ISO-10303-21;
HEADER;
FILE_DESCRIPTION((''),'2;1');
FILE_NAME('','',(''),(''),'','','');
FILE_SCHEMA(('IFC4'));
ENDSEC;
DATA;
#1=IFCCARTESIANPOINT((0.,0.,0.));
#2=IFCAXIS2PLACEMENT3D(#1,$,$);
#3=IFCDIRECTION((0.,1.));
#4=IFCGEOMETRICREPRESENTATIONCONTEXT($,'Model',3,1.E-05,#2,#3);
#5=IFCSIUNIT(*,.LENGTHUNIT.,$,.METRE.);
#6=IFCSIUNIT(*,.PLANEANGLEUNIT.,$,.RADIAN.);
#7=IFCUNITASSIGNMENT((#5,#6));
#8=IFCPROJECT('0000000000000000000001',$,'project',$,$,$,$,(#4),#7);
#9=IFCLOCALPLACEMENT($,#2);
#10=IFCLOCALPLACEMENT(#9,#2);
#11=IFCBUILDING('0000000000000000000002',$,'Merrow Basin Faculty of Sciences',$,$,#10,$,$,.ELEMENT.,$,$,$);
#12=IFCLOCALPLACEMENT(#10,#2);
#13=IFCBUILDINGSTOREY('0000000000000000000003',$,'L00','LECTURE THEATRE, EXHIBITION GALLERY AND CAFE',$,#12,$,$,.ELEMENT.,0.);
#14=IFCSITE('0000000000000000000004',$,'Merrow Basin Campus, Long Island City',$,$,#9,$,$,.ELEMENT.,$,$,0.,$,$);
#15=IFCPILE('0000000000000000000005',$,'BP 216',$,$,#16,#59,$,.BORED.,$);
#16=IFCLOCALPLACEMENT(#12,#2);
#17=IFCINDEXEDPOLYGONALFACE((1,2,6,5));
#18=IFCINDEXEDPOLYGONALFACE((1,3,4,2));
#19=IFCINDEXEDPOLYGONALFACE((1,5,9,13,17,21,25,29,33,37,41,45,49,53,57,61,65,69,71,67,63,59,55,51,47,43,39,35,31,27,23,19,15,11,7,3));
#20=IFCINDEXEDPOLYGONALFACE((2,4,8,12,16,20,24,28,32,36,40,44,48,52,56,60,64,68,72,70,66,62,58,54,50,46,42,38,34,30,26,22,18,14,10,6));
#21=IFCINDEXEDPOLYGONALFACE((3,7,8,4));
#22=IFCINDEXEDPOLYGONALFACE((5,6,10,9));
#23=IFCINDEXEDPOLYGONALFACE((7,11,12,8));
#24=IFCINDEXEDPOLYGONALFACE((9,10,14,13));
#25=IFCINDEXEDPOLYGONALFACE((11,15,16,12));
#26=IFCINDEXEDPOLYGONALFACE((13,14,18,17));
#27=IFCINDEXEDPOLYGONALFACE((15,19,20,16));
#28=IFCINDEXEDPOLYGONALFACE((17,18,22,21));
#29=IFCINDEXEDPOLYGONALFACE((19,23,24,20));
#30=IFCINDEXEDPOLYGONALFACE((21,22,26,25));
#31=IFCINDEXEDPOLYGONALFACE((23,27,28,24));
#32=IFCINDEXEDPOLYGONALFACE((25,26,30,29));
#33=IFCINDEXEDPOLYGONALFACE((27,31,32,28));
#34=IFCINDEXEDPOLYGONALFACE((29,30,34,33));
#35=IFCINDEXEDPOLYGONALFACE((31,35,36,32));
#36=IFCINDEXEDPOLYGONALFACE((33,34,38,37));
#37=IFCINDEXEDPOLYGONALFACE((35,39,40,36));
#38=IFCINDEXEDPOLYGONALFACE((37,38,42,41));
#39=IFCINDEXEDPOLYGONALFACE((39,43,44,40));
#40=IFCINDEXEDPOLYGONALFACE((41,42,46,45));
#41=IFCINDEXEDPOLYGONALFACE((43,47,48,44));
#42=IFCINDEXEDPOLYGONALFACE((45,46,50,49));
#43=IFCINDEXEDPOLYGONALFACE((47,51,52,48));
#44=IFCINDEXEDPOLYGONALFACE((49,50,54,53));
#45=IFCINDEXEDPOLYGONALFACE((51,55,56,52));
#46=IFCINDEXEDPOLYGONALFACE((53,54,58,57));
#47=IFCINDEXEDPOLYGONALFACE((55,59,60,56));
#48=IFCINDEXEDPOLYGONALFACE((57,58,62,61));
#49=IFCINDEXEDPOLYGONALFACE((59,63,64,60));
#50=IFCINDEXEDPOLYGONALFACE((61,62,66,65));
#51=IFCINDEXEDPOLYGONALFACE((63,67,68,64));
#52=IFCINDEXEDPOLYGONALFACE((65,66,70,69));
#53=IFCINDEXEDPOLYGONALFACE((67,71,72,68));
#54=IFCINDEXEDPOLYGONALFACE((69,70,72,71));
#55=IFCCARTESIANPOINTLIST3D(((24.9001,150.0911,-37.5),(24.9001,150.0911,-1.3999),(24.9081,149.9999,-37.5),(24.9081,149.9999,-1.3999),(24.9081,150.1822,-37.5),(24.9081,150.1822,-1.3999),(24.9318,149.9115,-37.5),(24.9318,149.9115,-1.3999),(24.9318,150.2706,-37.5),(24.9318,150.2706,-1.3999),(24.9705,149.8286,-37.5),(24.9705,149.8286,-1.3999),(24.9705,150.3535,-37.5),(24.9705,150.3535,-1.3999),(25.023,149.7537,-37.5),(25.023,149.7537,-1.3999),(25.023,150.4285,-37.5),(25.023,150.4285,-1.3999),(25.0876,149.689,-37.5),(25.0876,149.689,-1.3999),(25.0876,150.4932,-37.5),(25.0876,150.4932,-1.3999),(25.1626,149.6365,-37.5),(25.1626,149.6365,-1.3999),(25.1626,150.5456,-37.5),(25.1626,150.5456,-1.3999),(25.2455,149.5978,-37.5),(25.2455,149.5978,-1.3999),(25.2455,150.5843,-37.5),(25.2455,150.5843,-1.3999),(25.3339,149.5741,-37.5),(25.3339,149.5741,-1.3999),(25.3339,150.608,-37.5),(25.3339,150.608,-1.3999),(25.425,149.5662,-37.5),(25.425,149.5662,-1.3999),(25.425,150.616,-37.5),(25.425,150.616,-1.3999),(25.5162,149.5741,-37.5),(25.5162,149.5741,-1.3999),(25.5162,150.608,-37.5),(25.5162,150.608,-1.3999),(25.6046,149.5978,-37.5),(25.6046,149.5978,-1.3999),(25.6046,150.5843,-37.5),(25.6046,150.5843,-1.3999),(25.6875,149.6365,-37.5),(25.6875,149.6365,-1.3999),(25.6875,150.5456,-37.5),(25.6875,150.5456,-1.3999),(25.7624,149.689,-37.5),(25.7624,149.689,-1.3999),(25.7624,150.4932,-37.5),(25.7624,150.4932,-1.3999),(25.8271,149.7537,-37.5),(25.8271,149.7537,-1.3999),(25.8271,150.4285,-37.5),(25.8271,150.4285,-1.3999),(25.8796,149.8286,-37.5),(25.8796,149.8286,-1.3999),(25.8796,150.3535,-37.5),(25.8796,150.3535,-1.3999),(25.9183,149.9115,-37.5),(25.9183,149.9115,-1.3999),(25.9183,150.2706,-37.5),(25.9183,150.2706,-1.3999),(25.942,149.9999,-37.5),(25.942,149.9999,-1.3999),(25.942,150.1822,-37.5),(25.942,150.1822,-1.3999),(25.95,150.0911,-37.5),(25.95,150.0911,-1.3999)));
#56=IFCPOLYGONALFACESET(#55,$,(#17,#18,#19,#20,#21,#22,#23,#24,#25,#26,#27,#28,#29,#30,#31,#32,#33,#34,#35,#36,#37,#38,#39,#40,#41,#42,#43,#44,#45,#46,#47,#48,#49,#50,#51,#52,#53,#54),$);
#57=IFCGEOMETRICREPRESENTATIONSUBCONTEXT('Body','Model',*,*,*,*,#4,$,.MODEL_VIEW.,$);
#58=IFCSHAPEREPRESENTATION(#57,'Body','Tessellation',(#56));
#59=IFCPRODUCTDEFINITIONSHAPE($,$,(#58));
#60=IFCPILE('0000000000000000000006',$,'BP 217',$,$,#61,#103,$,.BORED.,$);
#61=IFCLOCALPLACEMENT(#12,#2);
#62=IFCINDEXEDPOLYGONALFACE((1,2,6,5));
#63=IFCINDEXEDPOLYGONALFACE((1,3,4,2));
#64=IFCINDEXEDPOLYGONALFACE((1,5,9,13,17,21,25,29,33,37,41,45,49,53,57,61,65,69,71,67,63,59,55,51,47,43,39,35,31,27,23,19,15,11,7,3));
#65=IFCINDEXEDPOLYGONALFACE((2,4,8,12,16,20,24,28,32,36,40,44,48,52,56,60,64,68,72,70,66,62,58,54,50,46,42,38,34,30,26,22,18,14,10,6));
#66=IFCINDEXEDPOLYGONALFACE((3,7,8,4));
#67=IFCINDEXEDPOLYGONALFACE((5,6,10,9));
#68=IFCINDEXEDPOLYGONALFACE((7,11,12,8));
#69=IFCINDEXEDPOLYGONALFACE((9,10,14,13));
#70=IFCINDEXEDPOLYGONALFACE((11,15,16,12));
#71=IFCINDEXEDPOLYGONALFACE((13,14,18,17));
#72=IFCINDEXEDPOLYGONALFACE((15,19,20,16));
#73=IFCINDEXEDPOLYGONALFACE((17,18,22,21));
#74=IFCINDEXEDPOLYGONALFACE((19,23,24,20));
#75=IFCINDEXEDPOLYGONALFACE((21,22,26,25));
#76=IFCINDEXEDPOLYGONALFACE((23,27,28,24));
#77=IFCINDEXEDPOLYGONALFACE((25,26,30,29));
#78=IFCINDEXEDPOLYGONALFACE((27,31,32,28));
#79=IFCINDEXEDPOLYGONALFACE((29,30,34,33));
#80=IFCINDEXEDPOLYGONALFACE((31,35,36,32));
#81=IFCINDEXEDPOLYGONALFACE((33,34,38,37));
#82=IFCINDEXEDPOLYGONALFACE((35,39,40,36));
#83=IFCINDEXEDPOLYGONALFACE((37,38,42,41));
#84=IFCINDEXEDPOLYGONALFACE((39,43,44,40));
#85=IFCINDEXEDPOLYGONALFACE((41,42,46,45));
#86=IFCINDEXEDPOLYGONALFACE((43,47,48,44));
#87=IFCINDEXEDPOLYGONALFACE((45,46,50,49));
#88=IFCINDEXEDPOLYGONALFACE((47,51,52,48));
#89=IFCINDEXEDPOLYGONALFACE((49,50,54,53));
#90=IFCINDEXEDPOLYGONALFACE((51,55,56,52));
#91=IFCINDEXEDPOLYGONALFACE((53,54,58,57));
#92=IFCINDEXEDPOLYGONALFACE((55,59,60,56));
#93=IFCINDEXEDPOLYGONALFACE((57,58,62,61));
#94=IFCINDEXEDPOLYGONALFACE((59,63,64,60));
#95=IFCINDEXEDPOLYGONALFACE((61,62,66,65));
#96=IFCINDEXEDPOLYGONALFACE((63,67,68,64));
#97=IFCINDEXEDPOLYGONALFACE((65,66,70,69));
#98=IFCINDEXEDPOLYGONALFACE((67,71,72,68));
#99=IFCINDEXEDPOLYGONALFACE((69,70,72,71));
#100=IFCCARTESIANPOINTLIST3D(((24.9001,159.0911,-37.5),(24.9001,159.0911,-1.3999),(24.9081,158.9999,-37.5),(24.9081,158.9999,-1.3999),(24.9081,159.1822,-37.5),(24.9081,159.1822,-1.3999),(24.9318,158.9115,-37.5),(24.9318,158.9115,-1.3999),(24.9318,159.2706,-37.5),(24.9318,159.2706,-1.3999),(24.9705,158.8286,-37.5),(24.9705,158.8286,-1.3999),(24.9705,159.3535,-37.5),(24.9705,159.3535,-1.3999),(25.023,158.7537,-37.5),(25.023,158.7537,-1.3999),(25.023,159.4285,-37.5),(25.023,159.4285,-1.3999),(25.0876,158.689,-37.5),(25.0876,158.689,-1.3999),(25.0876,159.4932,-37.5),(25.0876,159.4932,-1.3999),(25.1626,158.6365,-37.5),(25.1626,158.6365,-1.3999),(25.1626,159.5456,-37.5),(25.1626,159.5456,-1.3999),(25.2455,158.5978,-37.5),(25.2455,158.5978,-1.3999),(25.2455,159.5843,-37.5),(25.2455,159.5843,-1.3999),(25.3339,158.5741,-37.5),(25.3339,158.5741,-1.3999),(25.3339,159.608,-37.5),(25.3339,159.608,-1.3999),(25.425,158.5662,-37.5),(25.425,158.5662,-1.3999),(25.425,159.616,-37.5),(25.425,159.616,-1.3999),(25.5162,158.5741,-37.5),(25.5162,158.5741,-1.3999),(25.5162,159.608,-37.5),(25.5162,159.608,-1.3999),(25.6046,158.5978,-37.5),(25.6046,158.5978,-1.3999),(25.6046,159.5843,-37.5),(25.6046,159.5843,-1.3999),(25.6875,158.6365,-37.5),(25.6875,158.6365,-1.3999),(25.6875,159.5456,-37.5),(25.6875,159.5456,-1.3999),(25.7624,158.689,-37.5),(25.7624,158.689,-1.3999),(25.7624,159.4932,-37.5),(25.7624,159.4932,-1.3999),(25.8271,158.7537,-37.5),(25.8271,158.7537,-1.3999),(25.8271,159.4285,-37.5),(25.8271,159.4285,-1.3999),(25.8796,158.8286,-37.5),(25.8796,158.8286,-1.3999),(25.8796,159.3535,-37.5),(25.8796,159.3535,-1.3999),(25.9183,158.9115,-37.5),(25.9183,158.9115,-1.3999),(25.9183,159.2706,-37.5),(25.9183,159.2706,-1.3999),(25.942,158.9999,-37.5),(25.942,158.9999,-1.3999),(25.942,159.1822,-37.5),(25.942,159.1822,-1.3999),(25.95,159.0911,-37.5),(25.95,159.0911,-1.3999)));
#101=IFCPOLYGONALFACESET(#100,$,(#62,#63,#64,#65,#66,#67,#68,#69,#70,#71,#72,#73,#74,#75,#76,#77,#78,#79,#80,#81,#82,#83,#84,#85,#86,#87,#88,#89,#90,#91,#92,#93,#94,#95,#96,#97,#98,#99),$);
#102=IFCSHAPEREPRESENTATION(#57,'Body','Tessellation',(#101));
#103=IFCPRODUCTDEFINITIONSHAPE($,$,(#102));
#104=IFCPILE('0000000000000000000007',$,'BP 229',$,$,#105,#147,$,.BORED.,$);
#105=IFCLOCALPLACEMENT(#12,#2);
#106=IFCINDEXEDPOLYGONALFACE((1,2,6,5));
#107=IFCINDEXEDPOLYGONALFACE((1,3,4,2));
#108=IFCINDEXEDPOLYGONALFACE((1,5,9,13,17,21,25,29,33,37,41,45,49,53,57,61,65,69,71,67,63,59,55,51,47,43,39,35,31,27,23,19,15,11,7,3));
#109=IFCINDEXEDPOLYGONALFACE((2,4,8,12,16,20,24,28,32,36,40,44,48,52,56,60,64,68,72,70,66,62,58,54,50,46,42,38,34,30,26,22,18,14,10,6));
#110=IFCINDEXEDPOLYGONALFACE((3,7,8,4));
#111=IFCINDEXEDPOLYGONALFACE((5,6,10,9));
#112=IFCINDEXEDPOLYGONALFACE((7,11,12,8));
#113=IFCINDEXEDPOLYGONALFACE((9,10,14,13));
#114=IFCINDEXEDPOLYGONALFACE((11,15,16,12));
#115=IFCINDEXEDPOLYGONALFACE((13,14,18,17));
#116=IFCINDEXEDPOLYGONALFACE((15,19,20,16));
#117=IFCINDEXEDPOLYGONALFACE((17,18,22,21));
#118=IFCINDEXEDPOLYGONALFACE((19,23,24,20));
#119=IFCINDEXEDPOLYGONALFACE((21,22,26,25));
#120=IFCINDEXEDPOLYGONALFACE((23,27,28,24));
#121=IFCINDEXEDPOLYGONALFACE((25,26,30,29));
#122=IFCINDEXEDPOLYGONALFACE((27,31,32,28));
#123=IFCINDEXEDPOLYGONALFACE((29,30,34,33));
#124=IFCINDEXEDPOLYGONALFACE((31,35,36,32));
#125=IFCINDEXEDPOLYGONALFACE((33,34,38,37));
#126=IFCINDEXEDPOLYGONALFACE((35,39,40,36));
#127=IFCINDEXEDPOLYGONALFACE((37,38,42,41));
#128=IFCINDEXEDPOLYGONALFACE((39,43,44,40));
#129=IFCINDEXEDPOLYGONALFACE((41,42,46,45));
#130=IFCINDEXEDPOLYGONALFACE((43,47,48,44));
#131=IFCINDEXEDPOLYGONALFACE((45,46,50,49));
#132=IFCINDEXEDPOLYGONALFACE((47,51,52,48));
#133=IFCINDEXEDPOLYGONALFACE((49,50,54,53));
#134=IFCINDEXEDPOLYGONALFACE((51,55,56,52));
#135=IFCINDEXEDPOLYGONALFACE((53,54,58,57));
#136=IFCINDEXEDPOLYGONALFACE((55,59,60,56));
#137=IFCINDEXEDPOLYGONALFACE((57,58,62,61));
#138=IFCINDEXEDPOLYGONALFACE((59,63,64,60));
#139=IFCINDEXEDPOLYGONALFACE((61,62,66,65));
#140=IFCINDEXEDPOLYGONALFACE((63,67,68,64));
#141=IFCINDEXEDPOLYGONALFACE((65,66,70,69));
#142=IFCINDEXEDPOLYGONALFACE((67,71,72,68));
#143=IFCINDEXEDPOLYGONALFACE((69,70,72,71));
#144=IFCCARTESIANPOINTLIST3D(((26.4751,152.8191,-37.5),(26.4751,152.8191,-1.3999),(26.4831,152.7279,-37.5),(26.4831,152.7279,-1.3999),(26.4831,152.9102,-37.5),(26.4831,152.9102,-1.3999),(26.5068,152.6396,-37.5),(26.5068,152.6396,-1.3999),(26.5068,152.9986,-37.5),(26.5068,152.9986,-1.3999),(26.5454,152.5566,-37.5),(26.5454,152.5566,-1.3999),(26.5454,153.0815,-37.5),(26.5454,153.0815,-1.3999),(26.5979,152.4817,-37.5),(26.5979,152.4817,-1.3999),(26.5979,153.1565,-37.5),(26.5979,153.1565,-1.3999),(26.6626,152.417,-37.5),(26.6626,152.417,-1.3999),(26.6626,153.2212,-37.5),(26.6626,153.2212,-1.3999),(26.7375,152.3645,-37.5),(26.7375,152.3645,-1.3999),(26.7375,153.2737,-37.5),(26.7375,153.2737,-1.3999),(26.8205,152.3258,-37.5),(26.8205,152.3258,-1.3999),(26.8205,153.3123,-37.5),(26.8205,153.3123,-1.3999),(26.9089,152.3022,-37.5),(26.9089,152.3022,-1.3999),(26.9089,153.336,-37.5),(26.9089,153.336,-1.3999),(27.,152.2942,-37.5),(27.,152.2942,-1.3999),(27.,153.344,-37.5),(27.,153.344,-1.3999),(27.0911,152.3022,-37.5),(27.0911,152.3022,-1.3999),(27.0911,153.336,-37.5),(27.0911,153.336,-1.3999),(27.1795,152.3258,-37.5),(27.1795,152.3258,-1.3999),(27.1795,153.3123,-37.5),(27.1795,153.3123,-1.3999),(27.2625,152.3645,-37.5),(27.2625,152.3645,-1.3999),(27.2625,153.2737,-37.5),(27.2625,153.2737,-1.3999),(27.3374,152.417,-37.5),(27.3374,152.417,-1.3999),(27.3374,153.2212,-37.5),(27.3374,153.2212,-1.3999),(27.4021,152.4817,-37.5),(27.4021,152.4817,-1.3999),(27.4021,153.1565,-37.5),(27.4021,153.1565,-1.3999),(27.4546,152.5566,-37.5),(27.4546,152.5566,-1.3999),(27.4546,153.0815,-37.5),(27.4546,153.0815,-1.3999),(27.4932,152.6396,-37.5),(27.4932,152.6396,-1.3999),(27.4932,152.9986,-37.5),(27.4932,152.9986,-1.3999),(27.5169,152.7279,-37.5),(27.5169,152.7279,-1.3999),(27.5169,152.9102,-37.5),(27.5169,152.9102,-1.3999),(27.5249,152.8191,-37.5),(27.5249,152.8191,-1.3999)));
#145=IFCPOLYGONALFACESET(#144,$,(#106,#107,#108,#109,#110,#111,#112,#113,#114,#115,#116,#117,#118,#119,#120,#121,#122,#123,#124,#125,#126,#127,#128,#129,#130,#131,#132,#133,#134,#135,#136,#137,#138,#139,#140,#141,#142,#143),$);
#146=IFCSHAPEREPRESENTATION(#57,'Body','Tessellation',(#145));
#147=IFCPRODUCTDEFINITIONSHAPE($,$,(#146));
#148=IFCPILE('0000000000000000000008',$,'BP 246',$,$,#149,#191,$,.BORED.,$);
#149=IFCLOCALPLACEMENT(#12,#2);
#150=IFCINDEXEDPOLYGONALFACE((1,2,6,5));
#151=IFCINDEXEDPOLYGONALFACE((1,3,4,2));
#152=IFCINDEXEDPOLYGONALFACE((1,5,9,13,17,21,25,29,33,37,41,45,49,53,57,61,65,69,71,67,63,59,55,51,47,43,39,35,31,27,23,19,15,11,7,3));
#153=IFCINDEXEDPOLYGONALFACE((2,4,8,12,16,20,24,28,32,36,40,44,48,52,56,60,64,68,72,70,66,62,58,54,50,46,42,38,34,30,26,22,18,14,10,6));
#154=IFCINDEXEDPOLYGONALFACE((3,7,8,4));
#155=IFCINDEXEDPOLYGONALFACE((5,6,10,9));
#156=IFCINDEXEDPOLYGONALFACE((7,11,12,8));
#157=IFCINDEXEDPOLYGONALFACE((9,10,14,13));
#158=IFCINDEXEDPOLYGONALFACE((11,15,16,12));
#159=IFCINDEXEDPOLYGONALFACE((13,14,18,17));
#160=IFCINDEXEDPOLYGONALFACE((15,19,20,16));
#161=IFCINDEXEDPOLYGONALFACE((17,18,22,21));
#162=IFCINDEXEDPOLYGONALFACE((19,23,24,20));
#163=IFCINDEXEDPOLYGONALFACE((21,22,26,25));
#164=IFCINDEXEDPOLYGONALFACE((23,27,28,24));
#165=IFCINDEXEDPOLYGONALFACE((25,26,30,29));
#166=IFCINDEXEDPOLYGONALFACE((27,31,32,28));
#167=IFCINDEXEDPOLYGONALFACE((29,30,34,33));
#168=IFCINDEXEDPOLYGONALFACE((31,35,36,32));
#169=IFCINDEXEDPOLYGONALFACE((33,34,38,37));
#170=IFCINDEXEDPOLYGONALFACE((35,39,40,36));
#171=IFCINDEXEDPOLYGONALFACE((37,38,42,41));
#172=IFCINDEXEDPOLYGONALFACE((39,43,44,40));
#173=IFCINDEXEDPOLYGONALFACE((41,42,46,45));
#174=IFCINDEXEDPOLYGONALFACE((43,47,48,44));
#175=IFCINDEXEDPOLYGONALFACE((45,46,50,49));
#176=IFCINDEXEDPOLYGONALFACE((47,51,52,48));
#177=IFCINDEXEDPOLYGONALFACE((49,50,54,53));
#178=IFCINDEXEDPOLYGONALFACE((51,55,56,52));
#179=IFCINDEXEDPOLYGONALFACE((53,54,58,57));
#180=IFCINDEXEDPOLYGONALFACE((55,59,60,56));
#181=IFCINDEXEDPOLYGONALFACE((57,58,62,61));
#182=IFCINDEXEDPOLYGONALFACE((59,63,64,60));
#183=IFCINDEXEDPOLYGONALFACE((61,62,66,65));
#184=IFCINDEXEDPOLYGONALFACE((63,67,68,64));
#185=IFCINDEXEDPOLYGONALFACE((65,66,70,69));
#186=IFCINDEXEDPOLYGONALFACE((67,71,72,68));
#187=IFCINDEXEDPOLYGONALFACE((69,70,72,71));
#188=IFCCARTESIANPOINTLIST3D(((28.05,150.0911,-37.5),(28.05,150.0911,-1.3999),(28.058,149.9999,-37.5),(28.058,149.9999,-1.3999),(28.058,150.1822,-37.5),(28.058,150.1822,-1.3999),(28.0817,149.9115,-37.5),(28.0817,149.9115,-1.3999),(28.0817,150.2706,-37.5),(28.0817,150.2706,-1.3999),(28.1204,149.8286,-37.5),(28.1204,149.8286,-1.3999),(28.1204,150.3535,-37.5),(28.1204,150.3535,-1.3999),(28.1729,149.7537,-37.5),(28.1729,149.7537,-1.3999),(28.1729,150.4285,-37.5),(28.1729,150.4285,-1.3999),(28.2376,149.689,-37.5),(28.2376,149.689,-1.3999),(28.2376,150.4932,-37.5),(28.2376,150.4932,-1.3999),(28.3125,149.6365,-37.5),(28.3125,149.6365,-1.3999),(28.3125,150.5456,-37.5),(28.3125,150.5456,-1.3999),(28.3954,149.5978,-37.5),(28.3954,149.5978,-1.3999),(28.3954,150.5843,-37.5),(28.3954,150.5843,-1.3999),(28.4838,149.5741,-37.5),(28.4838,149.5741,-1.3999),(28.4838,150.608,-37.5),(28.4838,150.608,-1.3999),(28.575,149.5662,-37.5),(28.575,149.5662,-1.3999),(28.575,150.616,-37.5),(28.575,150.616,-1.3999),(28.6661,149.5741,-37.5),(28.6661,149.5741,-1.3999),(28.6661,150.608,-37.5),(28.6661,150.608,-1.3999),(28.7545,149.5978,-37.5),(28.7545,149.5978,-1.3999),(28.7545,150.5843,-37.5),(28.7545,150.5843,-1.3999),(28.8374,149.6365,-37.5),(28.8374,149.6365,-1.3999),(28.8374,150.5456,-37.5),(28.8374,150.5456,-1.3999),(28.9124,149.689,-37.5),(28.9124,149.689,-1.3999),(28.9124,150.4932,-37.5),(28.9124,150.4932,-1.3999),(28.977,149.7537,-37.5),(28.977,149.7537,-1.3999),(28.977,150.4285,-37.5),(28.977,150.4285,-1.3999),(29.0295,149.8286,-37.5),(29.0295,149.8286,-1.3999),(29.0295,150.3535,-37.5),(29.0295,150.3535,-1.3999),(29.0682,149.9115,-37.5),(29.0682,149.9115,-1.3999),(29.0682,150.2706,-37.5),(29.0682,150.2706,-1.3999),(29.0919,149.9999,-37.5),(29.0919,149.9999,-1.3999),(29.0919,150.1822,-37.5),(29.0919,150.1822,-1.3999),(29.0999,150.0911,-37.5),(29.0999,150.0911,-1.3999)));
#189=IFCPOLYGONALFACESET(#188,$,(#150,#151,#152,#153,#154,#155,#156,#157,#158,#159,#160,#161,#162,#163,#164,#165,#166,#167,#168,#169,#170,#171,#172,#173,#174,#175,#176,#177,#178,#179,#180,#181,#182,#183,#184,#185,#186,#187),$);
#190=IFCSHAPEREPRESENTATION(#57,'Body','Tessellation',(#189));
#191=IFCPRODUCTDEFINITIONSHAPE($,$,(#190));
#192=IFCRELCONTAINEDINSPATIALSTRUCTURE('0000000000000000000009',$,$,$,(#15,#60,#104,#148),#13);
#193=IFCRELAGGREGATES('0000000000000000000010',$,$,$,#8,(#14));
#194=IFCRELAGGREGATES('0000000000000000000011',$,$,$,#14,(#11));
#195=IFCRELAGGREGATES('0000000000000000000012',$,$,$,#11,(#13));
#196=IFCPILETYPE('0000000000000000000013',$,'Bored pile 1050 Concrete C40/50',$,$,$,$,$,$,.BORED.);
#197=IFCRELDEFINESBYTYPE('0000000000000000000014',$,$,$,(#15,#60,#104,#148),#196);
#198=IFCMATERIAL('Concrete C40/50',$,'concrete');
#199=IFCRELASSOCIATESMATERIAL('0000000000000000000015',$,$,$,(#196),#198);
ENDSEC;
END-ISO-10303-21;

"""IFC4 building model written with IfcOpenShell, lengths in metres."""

from ifc_helpers import new_model, si_unit, direction, frame, origin, origin_2d, place, context, subcontext, project, spatial, circle, extrude, material, material_profile, profile_set, type_object, element, save


model = new_model("IFC4")

# Units and contexts
model_context = context("Model", 3, precision=1e-05, world=origin(), true_north=direction((0.0, 1.0)))
body_context = subcontext(model_context, "Body", "Model", "MODEL_VIEW")
ifc_project = project(units=[si_unit("LENGTHUNIT", "METRE"), si_unit("PLANEANGLEUNIT", "RADIAN")], contexts=[model_context])

# Site, building, storey
site_placement = place(None, origin())
site = spatial("IfcSite", under=ifc_project, at=site_placement, Name="Merrow Basin Campus, Long Island City", CompositionType="ELEMENT", RefElevation=0.0)
building_placement = place(site_placement, origin())
building = spatial("IfcBuilding", under=site, at=building_placement, Name="Merrow Basin Faculty of Sciences", CompositionType="ELEMENT")
storey_placement = place(building_placement, origin())
storey = spatial("IfcBuildingStorey", under=building, at=storey_placement, Name="L00", Description="LECTURE THEATRE, EXHIBITION GALLERY AND CAFE", CompositionType="ELEMENT", Elevation=0.0)

# Piles
ifc_material_1 = material(Name="Concrete C40/50", Category="concrete")
ifc_material_profile_1 = material_profile(ifc_material_1, circle(Radius=0.5249, at=origin_2d()))
ifc_profile_set_1 = profile_set([ifc_material_profile_1], Name="Concrete C40/50")
pile_type_1 = type_object("IfcPileType", Name="Bored pile 1050 Concrete C40/50", PredefinedType="BORED", material=ifc_profile_set_1)
for number, where, z_axis, x_axis, name in (
    (1, (25.425, 150.0911, -1.3999), (0.0, 0.0, -1.0), (1.0, 0.0, 0.0), "BP 216"),
    (2, (25.425, 159.0911, -1.3999), (0.0, 0.0, -1.0), (1.0, 0.0, 0.0), "BP 217"),
    (3, (27.0, 152.8191, -1.3999), (0.0, 0.0, -1.0), (1.0, 0.0, 0.0), "BP 229"),
    (4, (28.575, 150.0911, -1.3999), (0.0, 0.0, -1.0), (1.0, 0.0, 0.0), "BP 246"),
):
    element("IfcPile", number, at=place(storey_placement, frame(where, z_axis=z_axis, x_axis=x_axis)), inside=storey, type_object=pile_type_1, Name=name, PredefinedType="BORED", context=body_context, shape_type="SweptSolid", body=[
        extrude(circle(Radius=0.5249, at=origin_2d()), origin(), (0.0, 0.0, 1.0), 36.1001),
    ])

save(model, "model.ifc")
